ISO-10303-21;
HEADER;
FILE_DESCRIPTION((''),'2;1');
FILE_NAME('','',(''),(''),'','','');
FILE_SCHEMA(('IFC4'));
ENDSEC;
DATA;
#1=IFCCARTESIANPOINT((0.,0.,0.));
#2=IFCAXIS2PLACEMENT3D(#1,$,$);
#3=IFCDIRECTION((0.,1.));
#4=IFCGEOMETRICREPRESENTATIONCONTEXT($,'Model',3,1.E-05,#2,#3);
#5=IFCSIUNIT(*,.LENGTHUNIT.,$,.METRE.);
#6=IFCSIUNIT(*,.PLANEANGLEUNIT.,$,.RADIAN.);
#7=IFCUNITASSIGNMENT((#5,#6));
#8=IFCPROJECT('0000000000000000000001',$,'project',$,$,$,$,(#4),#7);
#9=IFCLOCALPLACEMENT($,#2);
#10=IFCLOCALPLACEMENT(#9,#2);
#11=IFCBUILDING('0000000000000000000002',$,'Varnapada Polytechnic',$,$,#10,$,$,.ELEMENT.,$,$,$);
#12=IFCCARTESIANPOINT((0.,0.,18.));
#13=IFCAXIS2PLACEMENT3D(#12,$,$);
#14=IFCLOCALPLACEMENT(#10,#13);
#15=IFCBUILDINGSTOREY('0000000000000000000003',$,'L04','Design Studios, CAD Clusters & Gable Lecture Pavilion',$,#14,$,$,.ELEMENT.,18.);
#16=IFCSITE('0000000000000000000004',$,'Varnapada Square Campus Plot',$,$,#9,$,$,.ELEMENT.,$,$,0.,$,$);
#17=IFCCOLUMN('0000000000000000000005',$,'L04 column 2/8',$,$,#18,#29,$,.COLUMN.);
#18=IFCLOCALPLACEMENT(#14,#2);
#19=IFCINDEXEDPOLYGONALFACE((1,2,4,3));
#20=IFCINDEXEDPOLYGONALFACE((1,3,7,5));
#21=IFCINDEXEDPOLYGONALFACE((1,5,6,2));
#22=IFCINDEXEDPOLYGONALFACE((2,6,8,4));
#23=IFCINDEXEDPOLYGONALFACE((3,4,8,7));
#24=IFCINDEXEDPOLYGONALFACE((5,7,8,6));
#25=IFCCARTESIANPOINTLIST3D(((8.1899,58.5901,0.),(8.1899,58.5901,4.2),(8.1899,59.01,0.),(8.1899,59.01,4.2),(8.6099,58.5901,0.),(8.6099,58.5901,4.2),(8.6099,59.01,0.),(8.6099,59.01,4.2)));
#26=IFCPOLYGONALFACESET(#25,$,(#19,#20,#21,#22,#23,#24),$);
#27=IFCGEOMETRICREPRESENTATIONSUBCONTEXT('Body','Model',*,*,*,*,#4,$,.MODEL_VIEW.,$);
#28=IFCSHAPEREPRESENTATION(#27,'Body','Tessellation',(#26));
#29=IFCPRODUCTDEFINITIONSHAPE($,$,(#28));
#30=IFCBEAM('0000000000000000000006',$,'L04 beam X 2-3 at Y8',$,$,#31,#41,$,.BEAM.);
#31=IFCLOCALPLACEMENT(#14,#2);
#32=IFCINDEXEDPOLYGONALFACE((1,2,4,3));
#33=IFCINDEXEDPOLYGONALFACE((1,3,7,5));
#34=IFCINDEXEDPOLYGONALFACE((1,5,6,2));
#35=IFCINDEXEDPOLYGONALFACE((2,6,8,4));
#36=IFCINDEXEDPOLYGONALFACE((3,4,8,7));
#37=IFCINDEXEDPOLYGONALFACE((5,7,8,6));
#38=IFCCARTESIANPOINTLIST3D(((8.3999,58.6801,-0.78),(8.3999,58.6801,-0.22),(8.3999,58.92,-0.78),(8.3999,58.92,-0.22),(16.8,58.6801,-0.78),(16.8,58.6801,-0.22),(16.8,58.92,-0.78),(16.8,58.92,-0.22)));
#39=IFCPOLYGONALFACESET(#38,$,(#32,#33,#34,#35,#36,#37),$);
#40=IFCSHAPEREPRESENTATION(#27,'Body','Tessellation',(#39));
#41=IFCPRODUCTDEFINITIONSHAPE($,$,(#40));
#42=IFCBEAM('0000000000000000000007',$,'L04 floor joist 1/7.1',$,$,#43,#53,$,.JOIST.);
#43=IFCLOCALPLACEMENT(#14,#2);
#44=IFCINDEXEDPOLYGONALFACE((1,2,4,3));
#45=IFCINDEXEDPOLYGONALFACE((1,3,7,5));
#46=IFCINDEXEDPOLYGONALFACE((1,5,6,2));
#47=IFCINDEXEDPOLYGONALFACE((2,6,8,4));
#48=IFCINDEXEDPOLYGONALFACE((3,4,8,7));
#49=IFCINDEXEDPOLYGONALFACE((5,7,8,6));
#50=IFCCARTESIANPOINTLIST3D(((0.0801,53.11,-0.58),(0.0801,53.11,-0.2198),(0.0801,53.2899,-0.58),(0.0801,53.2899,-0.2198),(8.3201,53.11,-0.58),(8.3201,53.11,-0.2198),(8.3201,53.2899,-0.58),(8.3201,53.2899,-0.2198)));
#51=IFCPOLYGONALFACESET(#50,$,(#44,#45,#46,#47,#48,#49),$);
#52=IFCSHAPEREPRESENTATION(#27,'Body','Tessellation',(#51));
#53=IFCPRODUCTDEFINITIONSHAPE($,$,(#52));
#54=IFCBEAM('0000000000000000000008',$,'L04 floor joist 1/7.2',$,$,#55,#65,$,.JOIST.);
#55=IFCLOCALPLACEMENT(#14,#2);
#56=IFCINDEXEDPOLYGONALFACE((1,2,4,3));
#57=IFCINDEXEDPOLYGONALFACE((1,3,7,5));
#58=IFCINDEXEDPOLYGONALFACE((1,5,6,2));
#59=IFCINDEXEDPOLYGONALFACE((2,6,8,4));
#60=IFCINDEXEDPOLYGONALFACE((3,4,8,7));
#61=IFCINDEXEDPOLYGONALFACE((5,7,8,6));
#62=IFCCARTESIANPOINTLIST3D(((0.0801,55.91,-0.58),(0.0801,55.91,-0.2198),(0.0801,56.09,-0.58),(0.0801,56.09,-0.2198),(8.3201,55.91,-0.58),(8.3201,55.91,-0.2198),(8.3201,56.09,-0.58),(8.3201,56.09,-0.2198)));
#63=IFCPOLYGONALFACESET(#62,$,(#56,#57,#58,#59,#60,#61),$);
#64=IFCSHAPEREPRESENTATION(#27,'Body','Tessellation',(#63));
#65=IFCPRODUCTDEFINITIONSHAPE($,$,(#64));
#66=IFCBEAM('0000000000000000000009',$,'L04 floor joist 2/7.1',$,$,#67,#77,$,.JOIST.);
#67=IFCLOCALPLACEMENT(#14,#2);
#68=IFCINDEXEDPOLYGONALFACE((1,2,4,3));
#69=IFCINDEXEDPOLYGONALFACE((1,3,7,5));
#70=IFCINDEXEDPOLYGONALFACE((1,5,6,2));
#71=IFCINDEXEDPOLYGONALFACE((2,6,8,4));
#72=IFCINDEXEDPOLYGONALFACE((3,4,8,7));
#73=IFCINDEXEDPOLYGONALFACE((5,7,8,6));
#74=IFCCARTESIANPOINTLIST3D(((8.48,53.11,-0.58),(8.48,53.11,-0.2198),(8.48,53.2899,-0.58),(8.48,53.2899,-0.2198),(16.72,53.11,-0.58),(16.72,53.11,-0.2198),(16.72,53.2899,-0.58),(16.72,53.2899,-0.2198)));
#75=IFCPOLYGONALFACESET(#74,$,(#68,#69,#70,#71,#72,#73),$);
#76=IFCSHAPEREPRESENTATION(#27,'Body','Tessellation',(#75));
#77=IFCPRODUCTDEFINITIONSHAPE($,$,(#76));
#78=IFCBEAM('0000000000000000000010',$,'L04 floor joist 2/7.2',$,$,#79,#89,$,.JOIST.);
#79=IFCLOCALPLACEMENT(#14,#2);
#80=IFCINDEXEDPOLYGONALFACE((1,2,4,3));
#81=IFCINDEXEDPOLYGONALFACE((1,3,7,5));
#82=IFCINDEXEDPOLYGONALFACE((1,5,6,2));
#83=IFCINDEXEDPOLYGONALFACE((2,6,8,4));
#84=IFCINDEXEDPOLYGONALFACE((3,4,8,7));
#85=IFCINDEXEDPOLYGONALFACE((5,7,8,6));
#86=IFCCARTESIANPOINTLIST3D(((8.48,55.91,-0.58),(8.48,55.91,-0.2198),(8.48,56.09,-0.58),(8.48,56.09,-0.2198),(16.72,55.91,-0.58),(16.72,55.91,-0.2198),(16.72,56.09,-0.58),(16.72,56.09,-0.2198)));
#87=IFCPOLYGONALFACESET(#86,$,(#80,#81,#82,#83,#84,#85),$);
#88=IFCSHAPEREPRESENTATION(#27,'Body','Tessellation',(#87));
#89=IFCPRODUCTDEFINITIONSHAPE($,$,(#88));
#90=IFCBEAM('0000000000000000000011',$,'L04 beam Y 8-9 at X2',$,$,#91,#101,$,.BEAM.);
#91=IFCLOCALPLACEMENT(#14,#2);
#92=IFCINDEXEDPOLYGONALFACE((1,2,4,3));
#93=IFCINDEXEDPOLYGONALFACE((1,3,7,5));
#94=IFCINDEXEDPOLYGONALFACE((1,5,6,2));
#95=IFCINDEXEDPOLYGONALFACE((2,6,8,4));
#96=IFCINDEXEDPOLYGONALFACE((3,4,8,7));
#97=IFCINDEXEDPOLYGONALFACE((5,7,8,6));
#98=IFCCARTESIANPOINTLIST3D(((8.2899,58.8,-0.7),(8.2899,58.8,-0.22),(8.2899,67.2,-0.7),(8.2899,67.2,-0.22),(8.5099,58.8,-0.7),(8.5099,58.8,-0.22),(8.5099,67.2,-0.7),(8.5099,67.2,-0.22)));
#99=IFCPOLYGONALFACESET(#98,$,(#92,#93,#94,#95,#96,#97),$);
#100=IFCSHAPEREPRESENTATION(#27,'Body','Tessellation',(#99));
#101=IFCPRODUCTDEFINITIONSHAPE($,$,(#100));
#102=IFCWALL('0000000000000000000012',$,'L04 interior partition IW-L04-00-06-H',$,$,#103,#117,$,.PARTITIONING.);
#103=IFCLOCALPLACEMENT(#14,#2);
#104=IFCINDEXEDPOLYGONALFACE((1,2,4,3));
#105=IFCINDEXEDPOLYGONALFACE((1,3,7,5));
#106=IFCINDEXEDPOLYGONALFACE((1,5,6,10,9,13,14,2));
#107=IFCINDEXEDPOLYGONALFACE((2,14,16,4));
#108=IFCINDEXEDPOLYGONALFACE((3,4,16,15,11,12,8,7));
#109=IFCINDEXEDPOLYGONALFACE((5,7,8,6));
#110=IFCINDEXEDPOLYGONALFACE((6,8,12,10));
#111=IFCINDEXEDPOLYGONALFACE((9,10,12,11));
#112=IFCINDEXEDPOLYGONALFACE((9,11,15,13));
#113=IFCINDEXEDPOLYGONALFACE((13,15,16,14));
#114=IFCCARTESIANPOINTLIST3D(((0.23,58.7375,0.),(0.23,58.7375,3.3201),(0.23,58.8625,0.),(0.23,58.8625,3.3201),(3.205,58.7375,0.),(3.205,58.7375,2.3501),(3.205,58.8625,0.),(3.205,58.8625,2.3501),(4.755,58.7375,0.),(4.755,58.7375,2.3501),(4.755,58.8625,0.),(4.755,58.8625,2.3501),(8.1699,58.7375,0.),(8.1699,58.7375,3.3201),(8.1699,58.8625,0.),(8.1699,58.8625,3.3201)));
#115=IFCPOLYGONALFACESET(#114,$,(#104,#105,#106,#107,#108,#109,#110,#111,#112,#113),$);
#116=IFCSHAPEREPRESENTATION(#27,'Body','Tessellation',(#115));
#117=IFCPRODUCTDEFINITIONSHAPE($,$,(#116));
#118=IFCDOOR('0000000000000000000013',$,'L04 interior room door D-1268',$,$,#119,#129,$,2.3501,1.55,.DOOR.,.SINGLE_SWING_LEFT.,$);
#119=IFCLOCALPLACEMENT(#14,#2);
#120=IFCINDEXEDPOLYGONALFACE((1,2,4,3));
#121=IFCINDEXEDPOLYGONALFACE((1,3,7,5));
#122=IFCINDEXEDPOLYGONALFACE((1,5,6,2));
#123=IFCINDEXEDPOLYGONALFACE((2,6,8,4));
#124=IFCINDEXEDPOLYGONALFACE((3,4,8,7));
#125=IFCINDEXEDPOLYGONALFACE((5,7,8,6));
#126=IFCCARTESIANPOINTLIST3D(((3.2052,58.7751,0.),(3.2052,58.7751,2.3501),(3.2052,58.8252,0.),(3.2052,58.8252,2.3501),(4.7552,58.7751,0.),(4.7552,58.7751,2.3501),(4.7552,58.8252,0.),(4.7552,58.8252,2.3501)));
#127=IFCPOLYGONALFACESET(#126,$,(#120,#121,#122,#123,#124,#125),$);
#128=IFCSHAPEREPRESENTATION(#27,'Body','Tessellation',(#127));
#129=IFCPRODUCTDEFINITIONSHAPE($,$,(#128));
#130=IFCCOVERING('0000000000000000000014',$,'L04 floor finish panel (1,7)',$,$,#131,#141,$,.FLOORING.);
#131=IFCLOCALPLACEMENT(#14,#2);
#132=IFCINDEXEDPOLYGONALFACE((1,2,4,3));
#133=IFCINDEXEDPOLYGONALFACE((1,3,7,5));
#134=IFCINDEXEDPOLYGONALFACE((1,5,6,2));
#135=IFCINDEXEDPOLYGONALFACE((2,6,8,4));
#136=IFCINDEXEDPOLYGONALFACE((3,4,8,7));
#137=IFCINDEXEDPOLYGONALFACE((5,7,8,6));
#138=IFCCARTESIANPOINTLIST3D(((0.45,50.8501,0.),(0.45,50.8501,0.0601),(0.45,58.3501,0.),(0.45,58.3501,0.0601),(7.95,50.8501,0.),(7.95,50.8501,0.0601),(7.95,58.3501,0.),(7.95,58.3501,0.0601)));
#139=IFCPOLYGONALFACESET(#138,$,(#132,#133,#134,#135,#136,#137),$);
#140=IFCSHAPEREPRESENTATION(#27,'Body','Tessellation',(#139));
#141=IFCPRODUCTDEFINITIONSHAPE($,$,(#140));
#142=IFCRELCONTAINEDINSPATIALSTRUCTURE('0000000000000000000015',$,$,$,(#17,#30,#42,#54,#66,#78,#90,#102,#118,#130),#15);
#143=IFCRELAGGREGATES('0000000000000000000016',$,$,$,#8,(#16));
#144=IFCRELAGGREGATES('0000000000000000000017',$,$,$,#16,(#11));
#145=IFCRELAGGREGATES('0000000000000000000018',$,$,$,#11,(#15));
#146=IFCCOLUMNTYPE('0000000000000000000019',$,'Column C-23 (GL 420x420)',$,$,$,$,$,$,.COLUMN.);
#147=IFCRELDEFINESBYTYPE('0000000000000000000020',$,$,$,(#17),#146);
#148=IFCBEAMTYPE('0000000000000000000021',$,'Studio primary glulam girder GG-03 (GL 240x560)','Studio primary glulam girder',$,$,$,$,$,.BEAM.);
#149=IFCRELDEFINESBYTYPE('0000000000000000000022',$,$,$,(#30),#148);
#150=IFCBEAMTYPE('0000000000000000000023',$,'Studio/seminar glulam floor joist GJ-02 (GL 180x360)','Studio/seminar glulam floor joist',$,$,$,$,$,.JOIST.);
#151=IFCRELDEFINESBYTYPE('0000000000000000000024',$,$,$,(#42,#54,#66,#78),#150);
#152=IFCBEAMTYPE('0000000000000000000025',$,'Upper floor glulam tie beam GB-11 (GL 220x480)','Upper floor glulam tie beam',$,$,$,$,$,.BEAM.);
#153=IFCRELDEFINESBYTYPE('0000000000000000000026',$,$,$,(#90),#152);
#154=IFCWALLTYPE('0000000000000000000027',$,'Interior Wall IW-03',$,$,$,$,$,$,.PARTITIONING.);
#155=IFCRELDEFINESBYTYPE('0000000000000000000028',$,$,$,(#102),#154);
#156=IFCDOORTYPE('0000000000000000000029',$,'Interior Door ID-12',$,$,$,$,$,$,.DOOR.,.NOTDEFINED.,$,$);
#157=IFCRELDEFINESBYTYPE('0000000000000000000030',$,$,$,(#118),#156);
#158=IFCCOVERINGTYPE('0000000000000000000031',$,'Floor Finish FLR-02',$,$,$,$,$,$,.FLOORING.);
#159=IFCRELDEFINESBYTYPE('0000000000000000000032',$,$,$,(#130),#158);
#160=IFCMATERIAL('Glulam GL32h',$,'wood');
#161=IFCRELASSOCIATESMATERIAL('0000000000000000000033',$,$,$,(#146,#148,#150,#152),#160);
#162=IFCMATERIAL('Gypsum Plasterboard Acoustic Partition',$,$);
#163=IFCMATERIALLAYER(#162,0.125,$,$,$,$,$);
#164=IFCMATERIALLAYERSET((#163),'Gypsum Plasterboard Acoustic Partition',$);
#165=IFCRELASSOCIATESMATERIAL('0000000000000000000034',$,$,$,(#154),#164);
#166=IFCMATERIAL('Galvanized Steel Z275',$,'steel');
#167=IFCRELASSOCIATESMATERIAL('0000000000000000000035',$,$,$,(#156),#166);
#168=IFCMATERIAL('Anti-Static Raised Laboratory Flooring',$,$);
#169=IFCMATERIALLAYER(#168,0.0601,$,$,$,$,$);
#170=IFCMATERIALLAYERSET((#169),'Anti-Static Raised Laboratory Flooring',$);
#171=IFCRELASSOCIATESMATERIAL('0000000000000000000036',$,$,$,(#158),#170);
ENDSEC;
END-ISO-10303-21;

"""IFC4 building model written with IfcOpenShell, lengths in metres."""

from ifc_helpers import new_model, si_unit, direction, frame, frame_2d, origin, origin_2d, place, context, subcontext, project, spatial, rectangle, extrude, material, layer, layer_set, material_profile, profile_set, type_object, element, fill, save


model = new_model("IFC4")

# Units and contexts
model_context = context("Model", 3, precision=1e-05, world=origin(), true_north=direction((0.0, 1.0)))
body_context = subcontext(model_context, "Body", "Model", "MODEL_VIEW")
ifc_project = project(units=[si_unit("LENGTHUNIT", "METRE"), si_unit("PLANEANGLEUNIT", "RADIAN")], contexts=[model_context])

# Site, building, storey
site_placement = place(None, origin())
site = spatial("IfcSite", under=ifc_project, at=site_placement, Name="Varnapada Square Campus Plot", CompositionType="ELEMENT", RefElevation=0.0)
building_placement = place(site_placement, origin())
building = spatial("IfcBuilding", under=site, at=building_placement, Name="Varnapada Polytechnic", CompositionType="ELEMENT")
storey_placement = place(building_placement, frame((0.0, 0.0, 18.0)))
storey = spatial("IfcBuildingStorey", under=building, at=storey_placement, Name="L04", Description="Design Studios, CAD Clusters & Gable Lecture Pavilion", CompositionType="ELEMENT", Elevation=18.0)

# Column
ifc_material_1 = material(Name="Glulam GL32h", Category="wood")
ifc_material_profile_1 = material_profile(ifc_material_1, rectangle(XDim=0.4199, YDim=0.4199, at=origin_2d()), Name="GL 420x420")
ifc_profile_set_1 = profile_set([ifc_material_profile_1], Name="Glulam GL32h")
column_type = type_object("IfcColumnType", Name="Column C-23 (GL 420x420)", PredefinedType="COLUMN", material=ifc_profile_set_1)
column_placement = place(storey_placement, frame((8.3999, 58.8, 0.0), z_axis=(0.0, 0.0, 1.0), x_axis=(1.0, 0.0, 0.0)))
element("IfcColumn", 1, at=column_placement, inside=storey, type_object=column_type, Name="L04 column 2/8", PredefinedType="COLUMN", context=body_context, shape_type="SweptSolid", body=[
    extrude(rectangle(XDim=0.4199, YDim=0.4199, at=origin_2d()), origin(), (0.0, 0.0, 1.0), 4.2),
])

# Beams
ifc_material_profile_2 = material_profile(ifc_material_1, rectangle(XDim=0.24, YDim=0.5601, at=origin_2d()), Name="GL 240x560")
ifc_profile_set_2 = profile_set([ifc_material_profile_2], Name="Glulam GL32h")
beam_type_1 = type_object("IfcBeamType", Name="Studio primary glulam girder GG-03 (GL 240x560)", Description="Studio primary glulam girder", PredefinedType="BEAM", material=ifc_profile_set_2)
beam_1_placement = place(storey_placement, frame((8.3999, 58.8, -0.5), z_axis=(1.0, 0.0, 0.0), x_axis=(0.0, 1.0, 0.0)))
element("IfcBeam", 2, at=beam_1_placement, inside=storey, type_object=beam_type_1, Name="L04 beam X 2-3 at Y8", PredefinedType="BEAM", context=body_context, shape_type="SweptSolid", body=[
    extrude(rectangle(XDim=0.24, YDim=0.5601, at=origin_2d()), origin(), (0.0, 0.0, 1.0), 8.4001),
])
ifc_material_profile_3 = material_profile(ifc_material_1, rectangle(XDim=0.1799, YDim=0.3601, at=origin_2d()), Name="GL 180x360")
ifc_profile_set_3 = profile_set([ifc_material_profile_3], Name="Glulam GL32h")
beam_type_2 = type_object("IfcBeamType", Name="Studio/seminar glulam floor joist GJ-02 (GL 180x360)", Description="Studio/seminar glulam floor joist", PredefinedType="JOIST", material=ifc_profile_set_3)
for number, where, z_axis, x_axis, name in (
    (3, (0.0801, 53.2, -0.3999), (1.0, 0.0, 0.0), (0.0, 1.0, 0.0), "L04 floor joist 1/7.1"),
    (4, (0.0801, 56.0, -0.3999), (1.0, 0.0, 0.0), (0.0, 1.0, 0.0), "L04 floor joist 1/7.2"),
    (5, (8.48, 53.2, -0.3999), (1.0, 0.0, 0.0), (0.0, 1.0, 0.0), "L04 floor joist 2/7.1"),
    (6, (8.48, 56.0, -0.3999), (1.0, 0.0, 0.0), (0.0, 1.0, 0.0), "L04 floor joist 2/7.2"),
):
    element("IfcBeam", number, at=place(storey_placement, frame(where, z_axis=z_axis, x_axis=x_axis)), inside=storey, type_object=beam_type_2, Name=name, PredefinedType="JOIST", context=body_context, shape_type="SweptSolid", body=[
        extrude(rectangle(XDim=0.1799, YDim=0.3601, at=origin_2d()), origin(), (0.0, 0.0, 1.0), 8.24),
    ])
ifc_material_profile_4 = material_profile(ifc_material_1, rectangle(XDim=0.22, YDim=0.48, at=origin_2d()), Name="GL 220x480")
ifc_profile_set_4 = profile_set([ifc_material_profile_4], Name="Glulam GL32h")
beam_type_3 = type_object("IfcBeamType", Name="Upper floor glulam tie beam GB-11 (GL 220x480)", Description="Upper floor glulam tie beam", PredefinedType="BEAM", material=ifc_profile_set_4)
beam_2_placement = place(storey_placement, frame((8.3999, 58.8, -0.46), z_axis=(0.0, 1.0, 0.0), x_axis=(-1.0, 0.0, 0.0)))
element("IfcBeam", 7, at=beam_2_placement, inside=storey, type_object=beam_type_3, Name="L04 beam Y 8-9 at X2", PredefinedType="BEAM", context=body_context, shape_type="SweptSolid", body=[
    extrude(rectangle(XDim=0.22, YDim=0.48, at=origin_2d()), origin(), (0.0, 0.0, 1.0), 8.3999),
])

# Wall, opening, door
ifc_material_2 = material(Name="Gypsum Plasterboard Acoustic Partition")
ifc_layer_1 = layer(ifc_material_2, 0.125)
ifc_layer_set_1 = layer_set([ifc_layer_1], Name="Gypsum Plasterboard Acoustic Partition")
wall_type = type_object("IfcWallType", Name="Interior Wall IW-03", PredefinedType="PARTITIONING", material=ifc_layer_set_1)
wall_placement = place(storey_placement, frame((0.23, 58.8, 0.0), z_axis=(0.0, 0.0, 1.0), x_axis=(1.0, 0.0, 0.0)))
wall = element("IfcWall", 8, at=wall_placement, inside=storey, type_object=wall_type, Name="L04 interior partition IW-L04-00-06-H", PredefinedType="PARTITIONING", context=body_context, shape_type="SweptSolid", body=[
    extrude(rectangle(XDim=7.9399, YDim=0.125, at=frame_2d((3.97, 0.0))), origin(), (0.0, 0.0, 1.0), 3.3201),
])
opening_placement = place(wall_placement, frame((2.9751, 0.0, 0.0)))
opening = element("IfcOpeningElement", 9, at=opening_placement, cuts=wall, PredefinedType="OPENING", context=body_context, shape_type="SweptSolid", body=[
    extrude(rectangle(XDim=1.55, YDim=2.3501, at=frame_2d((0.7749, 1.175))), frame((0.0, 0.0725, 0.0), z_axis=(0.0, -1.0, 0.0), x_axis=(1.0, 0.0, 0.0)), (0.0, 0.0, 1.0), 0.145),
])
ifc_material_3 = material(Name="Galvanized Steel Z275", Category="steel")
door_type = type_object("IfcDoorType", Name="Interior Door ID-12", OperationType="NOTDEFINED", PredefinedType="DOOR", material=ifc_material_3)
door_placement = place(opening_placement, frame((1.55, 0.0, 0.0), z_axis=(0.0, 0.0, 1.0), x_axis=(-1.0, 0.0, 0.0)))
door = element("IfcDoor", 10, at=door_placement, inside=storey, type_object=door_type, Name="L04 interior room door D-1268", OperationType="SINGLE_SWING_LEFT", OverallHeight=2.3501, OverallWidth=1.55, PredefinedType="DOOR", context=body_context, shape_type="SweptSolid", body=[
    extrude(rectangle(XDim=1.55, YDim=2.3501, at=frame_2d((0.7749, 1.175))), frame((0.0, 0.0249, 0.0), z_axis=(0.0, -1.0, 0.0), x_axis=(1.0, 0.0, 0.0)), (0.0, 0.0, 1.0), 0.05),
])
fill(opening, door)

# Covering
ifc_material_4 = material(Name="Anti-Static Raised Laboratory Flooring")
ifc_layer_2 = layer(ifc_material_4, 0.0601)
ifc_layer_set_2 = layer_set([ifc_layer_2], Name="Anti-Static Raised Laboratory Flooring")
covering_type = type_object("IfcCoveringType", Name="Floor Finish FLR-02", PredefinedType="FLOORING", material=ifc_layer_set_2)
covering_placement = place(storey_placement, frame((4.2, 54.6001, 0.0), z_axis=(0.0, 0.0, 1.0), x_axis=(1.0, 0.0, 0.0)))
element("IfcCovering", 11, at=covering_placement, inside=storey, type_object=covering_type, Name="L04 floor finish panel (1,7)", PredefinedType="FLOORING", context=body_context, shape_type="SweptSolid", body=[
    extrude(rectangle(XDim=7.5, YDim=7.5, at=origin_2d()), origin(), (0.0, 0.0, 1.0), 0.0601),
])

save(model, "model.ifc")
